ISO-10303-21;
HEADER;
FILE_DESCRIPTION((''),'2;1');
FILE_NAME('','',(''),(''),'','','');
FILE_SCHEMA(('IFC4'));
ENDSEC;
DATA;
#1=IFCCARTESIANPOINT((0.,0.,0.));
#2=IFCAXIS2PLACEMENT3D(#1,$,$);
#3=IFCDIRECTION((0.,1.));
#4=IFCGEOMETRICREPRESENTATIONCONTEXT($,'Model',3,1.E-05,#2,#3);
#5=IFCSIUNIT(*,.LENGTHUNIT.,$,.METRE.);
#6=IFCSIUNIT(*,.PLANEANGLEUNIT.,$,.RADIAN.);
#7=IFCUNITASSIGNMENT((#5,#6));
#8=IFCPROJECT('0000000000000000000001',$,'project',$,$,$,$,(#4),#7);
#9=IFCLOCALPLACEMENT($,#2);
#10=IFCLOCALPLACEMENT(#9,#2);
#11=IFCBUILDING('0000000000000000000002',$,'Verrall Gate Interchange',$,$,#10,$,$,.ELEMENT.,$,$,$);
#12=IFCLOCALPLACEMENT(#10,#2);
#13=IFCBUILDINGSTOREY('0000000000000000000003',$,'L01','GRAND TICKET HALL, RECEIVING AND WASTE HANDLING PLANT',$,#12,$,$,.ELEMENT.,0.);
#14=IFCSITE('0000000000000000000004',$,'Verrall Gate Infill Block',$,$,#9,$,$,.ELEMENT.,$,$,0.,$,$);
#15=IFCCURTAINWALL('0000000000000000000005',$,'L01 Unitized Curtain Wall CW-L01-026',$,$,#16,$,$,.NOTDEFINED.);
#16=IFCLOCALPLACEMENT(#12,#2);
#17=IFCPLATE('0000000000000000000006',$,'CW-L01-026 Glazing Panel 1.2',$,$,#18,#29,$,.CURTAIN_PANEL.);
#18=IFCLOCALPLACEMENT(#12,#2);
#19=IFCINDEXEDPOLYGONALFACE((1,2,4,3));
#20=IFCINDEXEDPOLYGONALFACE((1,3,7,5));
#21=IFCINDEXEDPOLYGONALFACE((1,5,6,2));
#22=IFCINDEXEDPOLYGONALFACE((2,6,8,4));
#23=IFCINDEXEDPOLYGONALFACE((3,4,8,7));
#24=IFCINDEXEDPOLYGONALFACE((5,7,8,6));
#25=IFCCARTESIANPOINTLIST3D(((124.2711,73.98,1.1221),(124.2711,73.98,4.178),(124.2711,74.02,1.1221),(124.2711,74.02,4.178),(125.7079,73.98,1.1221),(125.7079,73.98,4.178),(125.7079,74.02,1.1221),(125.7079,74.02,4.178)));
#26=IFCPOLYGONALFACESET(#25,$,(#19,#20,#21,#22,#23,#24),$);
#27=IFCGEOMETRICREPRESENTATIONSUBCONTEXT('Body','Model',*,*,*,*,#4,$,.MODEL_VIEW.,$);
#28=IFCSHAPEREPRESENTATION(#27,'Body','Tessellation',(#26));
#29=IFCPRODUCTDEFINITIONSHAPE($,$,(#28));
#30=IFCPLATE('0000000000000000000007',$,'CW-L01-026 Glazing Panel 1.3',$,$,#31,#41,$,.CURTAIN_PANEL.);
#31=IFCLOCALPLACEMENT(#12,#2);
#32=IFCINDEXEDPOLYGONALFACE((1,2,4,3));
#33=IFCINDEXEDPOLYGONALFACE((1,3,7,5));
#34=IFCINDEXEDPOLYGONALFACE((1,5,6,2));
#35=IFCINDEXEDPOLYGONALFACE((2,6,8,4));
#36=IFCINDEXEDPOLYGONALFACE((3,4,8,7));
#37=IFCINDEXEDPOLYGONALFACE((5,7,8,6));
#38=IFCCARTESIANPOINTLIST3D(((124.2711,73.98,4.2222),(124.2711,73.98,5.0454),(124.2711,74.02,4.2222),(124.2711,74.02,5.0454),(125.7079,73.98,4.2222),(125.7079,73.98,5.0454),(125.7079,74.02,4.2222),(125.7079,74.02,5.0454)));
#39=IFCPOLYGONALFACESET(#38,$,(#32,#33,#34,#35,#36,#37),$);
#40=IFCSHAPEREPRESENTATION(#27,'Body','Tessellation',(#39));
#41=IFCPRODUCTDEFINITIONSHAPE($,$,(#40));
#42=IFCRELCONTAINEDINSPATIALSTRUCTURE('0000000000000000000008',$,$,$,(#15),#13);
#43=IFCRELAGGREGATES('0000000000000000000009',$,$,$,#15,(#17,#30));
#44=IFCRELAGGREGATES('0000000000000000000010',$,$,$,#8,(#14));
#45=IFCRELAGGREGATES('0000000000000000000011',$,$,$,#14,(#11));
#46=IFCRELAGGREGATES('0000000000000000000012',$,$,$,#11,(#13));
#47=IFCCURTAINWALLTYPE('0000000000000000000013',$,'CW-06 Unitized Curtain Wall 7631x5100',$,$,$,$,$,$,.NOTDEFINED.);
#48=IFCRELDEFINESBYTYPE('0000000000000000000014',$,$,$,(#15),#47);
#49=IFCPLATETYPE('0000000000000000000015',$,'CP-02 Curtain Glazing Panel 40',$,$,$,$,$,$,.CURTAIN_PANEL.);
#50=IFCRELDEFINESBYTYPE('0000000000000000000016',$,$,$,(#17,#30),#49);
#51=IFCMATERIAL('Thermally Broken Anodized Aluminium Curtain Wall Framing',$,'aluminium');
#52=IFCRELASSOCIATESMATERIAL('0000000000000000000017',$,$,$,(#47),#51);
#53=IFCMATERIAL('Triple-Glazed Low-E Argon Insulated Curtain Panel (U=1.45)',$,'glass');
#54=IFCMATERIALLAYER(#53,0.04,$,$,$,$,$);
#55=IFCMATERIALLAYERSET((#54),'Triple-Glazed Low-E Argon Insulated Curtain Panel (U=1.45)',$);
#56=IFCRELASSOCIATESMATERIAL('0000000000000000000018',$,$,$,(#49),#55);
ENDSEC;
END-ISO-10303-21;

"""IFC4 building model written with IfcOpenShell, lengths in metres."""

from ifc_helpers import new_model, si_unit, direction, frame, origin, origin_2d, place, context, subcontext, project, spatial, rectangle, extrude, material, layer, layer_set, type_object, element, aggregate, save


model = new_model("IFC4")

# Units and contexts
model_context = context("Model", 3, precision=1e-05, world=origin(), true_north=direction((0.0, 1.0)))
body_context = subcontext(model_context, "Body", "Model", "MODEL_VIEW")
ifc_project = project(units=[si_unit("LENGTHUNIT", "METRE"), si_unit("PLANEANGLEUNIT", "RADIAN")], contexts=[model_context])

# Site, building, storey
site_placement = place(None, origin())
site = spatial("IfcSite", under=ifc_project, at=site_placement, Name="Verrall Gate Infill Block", CompositionType="ELEMENT", RefElevation=0.0)
building_placement = place(site_placement, origin())
building = spatial("IfcBuilding", under=site, at=building_placement, Name="Verrall Gate Interchange", CompositionType="ELEMENT")
storey_placement = place(building_placement, origin())
storey = spatial("IfcBuildingStorey", under=building, at=storey_placement, Name="L01", Description="GRAND TICKET HALL, RECEIVING AND WASTE HANDLING PLANT", CompositionType="ELEMENT", Elevation=0.0)

# Curtain wall
ifc_material_1 = material(Name="Thermally Broken Anodized Aluminium Curtain Wall Framing", Category="aluminium")
curtain_wall_type = type_object("IfcCurtainWallType", Name="CW-06 Unitized Curtain Wall 7631x5100", PredefinedType="NOTDEFINED", material=ifc_material_1)
curtain_wall_1_placement = place(storey_placement, origin())
curtain_wall_1 = element("IfcCurtainWall", 1, at=curtain_wall_1_placement, inside=storey, type_object=curtain_wall_type, Name="L01 Unitized Curtain Wall CW-L01-026", PredefinedType="NOTDEFINED")

# Plates
ifc_material_2 = material(Name="Triple-Glazed Low-E Argon Insulated Curtain Panel (U=1.45)", Category="glass")
ifc_layer_1 = layer(ifc_material_2, 0.04)
ifc_layer_set_1 = layer_set([ifc_layer_1], Name="Triple-Glazed Low-E Argon Insulated Curtain Panel (U=1.45)")
plate_type_1 = type_object("IfcPlateType", Name="CP-02 Curtain Glazing Panel 40", PredefinedType="CURTAIN_PANEL", material=ifc_layer_set_1)
plate_1_placement = place(storey_placement, frame((124.9895, 74.0, 1.1221), z_axis=(0.0, 0.0, 1.0), x_axis=(1.0, 0.0, 0.0)))
plate_1 = element("IfcPlate", 2, at=plate_1_placement, type_object=plate_type_1, Name="CW-L01-026 Glazing Panel 1.2", PredefinedType="CURTAIN_PANEL", context=body_context, shape_type="SweptSolid", body=[
    extrude(rectangle(XDim=1.4368, YDim=0.04, at=origin_2d()), origin(), (0.0, 0.0, 1.0), 3.0559),
])
plate_2_placement = place(storey_placement, frame((124.9895, 74.0, 4.2222), z_axis=(0.0, 0.0, 1.0), x_axis=(1.0, 0.0, 0.0)))
plate_2 = element("IfcPlate", 3, at=plate_2_placement, type_object=plate_type_1, Name="CW-L01-026 Glazing Panel 1.3", PredefinedType="CURTAIN_PANEL", context=body_context, shape_type="SweptSolid", body=[
    extrude(rectangle(XDim=1.4368, YDim=0.04, at=origin_2d()), origin(), (0.0, 0.0, 1.0), 0.8232),
])
aggregate(curtain_wall_1, [plate_1, plate_2])

save(model, "model.ifc")
